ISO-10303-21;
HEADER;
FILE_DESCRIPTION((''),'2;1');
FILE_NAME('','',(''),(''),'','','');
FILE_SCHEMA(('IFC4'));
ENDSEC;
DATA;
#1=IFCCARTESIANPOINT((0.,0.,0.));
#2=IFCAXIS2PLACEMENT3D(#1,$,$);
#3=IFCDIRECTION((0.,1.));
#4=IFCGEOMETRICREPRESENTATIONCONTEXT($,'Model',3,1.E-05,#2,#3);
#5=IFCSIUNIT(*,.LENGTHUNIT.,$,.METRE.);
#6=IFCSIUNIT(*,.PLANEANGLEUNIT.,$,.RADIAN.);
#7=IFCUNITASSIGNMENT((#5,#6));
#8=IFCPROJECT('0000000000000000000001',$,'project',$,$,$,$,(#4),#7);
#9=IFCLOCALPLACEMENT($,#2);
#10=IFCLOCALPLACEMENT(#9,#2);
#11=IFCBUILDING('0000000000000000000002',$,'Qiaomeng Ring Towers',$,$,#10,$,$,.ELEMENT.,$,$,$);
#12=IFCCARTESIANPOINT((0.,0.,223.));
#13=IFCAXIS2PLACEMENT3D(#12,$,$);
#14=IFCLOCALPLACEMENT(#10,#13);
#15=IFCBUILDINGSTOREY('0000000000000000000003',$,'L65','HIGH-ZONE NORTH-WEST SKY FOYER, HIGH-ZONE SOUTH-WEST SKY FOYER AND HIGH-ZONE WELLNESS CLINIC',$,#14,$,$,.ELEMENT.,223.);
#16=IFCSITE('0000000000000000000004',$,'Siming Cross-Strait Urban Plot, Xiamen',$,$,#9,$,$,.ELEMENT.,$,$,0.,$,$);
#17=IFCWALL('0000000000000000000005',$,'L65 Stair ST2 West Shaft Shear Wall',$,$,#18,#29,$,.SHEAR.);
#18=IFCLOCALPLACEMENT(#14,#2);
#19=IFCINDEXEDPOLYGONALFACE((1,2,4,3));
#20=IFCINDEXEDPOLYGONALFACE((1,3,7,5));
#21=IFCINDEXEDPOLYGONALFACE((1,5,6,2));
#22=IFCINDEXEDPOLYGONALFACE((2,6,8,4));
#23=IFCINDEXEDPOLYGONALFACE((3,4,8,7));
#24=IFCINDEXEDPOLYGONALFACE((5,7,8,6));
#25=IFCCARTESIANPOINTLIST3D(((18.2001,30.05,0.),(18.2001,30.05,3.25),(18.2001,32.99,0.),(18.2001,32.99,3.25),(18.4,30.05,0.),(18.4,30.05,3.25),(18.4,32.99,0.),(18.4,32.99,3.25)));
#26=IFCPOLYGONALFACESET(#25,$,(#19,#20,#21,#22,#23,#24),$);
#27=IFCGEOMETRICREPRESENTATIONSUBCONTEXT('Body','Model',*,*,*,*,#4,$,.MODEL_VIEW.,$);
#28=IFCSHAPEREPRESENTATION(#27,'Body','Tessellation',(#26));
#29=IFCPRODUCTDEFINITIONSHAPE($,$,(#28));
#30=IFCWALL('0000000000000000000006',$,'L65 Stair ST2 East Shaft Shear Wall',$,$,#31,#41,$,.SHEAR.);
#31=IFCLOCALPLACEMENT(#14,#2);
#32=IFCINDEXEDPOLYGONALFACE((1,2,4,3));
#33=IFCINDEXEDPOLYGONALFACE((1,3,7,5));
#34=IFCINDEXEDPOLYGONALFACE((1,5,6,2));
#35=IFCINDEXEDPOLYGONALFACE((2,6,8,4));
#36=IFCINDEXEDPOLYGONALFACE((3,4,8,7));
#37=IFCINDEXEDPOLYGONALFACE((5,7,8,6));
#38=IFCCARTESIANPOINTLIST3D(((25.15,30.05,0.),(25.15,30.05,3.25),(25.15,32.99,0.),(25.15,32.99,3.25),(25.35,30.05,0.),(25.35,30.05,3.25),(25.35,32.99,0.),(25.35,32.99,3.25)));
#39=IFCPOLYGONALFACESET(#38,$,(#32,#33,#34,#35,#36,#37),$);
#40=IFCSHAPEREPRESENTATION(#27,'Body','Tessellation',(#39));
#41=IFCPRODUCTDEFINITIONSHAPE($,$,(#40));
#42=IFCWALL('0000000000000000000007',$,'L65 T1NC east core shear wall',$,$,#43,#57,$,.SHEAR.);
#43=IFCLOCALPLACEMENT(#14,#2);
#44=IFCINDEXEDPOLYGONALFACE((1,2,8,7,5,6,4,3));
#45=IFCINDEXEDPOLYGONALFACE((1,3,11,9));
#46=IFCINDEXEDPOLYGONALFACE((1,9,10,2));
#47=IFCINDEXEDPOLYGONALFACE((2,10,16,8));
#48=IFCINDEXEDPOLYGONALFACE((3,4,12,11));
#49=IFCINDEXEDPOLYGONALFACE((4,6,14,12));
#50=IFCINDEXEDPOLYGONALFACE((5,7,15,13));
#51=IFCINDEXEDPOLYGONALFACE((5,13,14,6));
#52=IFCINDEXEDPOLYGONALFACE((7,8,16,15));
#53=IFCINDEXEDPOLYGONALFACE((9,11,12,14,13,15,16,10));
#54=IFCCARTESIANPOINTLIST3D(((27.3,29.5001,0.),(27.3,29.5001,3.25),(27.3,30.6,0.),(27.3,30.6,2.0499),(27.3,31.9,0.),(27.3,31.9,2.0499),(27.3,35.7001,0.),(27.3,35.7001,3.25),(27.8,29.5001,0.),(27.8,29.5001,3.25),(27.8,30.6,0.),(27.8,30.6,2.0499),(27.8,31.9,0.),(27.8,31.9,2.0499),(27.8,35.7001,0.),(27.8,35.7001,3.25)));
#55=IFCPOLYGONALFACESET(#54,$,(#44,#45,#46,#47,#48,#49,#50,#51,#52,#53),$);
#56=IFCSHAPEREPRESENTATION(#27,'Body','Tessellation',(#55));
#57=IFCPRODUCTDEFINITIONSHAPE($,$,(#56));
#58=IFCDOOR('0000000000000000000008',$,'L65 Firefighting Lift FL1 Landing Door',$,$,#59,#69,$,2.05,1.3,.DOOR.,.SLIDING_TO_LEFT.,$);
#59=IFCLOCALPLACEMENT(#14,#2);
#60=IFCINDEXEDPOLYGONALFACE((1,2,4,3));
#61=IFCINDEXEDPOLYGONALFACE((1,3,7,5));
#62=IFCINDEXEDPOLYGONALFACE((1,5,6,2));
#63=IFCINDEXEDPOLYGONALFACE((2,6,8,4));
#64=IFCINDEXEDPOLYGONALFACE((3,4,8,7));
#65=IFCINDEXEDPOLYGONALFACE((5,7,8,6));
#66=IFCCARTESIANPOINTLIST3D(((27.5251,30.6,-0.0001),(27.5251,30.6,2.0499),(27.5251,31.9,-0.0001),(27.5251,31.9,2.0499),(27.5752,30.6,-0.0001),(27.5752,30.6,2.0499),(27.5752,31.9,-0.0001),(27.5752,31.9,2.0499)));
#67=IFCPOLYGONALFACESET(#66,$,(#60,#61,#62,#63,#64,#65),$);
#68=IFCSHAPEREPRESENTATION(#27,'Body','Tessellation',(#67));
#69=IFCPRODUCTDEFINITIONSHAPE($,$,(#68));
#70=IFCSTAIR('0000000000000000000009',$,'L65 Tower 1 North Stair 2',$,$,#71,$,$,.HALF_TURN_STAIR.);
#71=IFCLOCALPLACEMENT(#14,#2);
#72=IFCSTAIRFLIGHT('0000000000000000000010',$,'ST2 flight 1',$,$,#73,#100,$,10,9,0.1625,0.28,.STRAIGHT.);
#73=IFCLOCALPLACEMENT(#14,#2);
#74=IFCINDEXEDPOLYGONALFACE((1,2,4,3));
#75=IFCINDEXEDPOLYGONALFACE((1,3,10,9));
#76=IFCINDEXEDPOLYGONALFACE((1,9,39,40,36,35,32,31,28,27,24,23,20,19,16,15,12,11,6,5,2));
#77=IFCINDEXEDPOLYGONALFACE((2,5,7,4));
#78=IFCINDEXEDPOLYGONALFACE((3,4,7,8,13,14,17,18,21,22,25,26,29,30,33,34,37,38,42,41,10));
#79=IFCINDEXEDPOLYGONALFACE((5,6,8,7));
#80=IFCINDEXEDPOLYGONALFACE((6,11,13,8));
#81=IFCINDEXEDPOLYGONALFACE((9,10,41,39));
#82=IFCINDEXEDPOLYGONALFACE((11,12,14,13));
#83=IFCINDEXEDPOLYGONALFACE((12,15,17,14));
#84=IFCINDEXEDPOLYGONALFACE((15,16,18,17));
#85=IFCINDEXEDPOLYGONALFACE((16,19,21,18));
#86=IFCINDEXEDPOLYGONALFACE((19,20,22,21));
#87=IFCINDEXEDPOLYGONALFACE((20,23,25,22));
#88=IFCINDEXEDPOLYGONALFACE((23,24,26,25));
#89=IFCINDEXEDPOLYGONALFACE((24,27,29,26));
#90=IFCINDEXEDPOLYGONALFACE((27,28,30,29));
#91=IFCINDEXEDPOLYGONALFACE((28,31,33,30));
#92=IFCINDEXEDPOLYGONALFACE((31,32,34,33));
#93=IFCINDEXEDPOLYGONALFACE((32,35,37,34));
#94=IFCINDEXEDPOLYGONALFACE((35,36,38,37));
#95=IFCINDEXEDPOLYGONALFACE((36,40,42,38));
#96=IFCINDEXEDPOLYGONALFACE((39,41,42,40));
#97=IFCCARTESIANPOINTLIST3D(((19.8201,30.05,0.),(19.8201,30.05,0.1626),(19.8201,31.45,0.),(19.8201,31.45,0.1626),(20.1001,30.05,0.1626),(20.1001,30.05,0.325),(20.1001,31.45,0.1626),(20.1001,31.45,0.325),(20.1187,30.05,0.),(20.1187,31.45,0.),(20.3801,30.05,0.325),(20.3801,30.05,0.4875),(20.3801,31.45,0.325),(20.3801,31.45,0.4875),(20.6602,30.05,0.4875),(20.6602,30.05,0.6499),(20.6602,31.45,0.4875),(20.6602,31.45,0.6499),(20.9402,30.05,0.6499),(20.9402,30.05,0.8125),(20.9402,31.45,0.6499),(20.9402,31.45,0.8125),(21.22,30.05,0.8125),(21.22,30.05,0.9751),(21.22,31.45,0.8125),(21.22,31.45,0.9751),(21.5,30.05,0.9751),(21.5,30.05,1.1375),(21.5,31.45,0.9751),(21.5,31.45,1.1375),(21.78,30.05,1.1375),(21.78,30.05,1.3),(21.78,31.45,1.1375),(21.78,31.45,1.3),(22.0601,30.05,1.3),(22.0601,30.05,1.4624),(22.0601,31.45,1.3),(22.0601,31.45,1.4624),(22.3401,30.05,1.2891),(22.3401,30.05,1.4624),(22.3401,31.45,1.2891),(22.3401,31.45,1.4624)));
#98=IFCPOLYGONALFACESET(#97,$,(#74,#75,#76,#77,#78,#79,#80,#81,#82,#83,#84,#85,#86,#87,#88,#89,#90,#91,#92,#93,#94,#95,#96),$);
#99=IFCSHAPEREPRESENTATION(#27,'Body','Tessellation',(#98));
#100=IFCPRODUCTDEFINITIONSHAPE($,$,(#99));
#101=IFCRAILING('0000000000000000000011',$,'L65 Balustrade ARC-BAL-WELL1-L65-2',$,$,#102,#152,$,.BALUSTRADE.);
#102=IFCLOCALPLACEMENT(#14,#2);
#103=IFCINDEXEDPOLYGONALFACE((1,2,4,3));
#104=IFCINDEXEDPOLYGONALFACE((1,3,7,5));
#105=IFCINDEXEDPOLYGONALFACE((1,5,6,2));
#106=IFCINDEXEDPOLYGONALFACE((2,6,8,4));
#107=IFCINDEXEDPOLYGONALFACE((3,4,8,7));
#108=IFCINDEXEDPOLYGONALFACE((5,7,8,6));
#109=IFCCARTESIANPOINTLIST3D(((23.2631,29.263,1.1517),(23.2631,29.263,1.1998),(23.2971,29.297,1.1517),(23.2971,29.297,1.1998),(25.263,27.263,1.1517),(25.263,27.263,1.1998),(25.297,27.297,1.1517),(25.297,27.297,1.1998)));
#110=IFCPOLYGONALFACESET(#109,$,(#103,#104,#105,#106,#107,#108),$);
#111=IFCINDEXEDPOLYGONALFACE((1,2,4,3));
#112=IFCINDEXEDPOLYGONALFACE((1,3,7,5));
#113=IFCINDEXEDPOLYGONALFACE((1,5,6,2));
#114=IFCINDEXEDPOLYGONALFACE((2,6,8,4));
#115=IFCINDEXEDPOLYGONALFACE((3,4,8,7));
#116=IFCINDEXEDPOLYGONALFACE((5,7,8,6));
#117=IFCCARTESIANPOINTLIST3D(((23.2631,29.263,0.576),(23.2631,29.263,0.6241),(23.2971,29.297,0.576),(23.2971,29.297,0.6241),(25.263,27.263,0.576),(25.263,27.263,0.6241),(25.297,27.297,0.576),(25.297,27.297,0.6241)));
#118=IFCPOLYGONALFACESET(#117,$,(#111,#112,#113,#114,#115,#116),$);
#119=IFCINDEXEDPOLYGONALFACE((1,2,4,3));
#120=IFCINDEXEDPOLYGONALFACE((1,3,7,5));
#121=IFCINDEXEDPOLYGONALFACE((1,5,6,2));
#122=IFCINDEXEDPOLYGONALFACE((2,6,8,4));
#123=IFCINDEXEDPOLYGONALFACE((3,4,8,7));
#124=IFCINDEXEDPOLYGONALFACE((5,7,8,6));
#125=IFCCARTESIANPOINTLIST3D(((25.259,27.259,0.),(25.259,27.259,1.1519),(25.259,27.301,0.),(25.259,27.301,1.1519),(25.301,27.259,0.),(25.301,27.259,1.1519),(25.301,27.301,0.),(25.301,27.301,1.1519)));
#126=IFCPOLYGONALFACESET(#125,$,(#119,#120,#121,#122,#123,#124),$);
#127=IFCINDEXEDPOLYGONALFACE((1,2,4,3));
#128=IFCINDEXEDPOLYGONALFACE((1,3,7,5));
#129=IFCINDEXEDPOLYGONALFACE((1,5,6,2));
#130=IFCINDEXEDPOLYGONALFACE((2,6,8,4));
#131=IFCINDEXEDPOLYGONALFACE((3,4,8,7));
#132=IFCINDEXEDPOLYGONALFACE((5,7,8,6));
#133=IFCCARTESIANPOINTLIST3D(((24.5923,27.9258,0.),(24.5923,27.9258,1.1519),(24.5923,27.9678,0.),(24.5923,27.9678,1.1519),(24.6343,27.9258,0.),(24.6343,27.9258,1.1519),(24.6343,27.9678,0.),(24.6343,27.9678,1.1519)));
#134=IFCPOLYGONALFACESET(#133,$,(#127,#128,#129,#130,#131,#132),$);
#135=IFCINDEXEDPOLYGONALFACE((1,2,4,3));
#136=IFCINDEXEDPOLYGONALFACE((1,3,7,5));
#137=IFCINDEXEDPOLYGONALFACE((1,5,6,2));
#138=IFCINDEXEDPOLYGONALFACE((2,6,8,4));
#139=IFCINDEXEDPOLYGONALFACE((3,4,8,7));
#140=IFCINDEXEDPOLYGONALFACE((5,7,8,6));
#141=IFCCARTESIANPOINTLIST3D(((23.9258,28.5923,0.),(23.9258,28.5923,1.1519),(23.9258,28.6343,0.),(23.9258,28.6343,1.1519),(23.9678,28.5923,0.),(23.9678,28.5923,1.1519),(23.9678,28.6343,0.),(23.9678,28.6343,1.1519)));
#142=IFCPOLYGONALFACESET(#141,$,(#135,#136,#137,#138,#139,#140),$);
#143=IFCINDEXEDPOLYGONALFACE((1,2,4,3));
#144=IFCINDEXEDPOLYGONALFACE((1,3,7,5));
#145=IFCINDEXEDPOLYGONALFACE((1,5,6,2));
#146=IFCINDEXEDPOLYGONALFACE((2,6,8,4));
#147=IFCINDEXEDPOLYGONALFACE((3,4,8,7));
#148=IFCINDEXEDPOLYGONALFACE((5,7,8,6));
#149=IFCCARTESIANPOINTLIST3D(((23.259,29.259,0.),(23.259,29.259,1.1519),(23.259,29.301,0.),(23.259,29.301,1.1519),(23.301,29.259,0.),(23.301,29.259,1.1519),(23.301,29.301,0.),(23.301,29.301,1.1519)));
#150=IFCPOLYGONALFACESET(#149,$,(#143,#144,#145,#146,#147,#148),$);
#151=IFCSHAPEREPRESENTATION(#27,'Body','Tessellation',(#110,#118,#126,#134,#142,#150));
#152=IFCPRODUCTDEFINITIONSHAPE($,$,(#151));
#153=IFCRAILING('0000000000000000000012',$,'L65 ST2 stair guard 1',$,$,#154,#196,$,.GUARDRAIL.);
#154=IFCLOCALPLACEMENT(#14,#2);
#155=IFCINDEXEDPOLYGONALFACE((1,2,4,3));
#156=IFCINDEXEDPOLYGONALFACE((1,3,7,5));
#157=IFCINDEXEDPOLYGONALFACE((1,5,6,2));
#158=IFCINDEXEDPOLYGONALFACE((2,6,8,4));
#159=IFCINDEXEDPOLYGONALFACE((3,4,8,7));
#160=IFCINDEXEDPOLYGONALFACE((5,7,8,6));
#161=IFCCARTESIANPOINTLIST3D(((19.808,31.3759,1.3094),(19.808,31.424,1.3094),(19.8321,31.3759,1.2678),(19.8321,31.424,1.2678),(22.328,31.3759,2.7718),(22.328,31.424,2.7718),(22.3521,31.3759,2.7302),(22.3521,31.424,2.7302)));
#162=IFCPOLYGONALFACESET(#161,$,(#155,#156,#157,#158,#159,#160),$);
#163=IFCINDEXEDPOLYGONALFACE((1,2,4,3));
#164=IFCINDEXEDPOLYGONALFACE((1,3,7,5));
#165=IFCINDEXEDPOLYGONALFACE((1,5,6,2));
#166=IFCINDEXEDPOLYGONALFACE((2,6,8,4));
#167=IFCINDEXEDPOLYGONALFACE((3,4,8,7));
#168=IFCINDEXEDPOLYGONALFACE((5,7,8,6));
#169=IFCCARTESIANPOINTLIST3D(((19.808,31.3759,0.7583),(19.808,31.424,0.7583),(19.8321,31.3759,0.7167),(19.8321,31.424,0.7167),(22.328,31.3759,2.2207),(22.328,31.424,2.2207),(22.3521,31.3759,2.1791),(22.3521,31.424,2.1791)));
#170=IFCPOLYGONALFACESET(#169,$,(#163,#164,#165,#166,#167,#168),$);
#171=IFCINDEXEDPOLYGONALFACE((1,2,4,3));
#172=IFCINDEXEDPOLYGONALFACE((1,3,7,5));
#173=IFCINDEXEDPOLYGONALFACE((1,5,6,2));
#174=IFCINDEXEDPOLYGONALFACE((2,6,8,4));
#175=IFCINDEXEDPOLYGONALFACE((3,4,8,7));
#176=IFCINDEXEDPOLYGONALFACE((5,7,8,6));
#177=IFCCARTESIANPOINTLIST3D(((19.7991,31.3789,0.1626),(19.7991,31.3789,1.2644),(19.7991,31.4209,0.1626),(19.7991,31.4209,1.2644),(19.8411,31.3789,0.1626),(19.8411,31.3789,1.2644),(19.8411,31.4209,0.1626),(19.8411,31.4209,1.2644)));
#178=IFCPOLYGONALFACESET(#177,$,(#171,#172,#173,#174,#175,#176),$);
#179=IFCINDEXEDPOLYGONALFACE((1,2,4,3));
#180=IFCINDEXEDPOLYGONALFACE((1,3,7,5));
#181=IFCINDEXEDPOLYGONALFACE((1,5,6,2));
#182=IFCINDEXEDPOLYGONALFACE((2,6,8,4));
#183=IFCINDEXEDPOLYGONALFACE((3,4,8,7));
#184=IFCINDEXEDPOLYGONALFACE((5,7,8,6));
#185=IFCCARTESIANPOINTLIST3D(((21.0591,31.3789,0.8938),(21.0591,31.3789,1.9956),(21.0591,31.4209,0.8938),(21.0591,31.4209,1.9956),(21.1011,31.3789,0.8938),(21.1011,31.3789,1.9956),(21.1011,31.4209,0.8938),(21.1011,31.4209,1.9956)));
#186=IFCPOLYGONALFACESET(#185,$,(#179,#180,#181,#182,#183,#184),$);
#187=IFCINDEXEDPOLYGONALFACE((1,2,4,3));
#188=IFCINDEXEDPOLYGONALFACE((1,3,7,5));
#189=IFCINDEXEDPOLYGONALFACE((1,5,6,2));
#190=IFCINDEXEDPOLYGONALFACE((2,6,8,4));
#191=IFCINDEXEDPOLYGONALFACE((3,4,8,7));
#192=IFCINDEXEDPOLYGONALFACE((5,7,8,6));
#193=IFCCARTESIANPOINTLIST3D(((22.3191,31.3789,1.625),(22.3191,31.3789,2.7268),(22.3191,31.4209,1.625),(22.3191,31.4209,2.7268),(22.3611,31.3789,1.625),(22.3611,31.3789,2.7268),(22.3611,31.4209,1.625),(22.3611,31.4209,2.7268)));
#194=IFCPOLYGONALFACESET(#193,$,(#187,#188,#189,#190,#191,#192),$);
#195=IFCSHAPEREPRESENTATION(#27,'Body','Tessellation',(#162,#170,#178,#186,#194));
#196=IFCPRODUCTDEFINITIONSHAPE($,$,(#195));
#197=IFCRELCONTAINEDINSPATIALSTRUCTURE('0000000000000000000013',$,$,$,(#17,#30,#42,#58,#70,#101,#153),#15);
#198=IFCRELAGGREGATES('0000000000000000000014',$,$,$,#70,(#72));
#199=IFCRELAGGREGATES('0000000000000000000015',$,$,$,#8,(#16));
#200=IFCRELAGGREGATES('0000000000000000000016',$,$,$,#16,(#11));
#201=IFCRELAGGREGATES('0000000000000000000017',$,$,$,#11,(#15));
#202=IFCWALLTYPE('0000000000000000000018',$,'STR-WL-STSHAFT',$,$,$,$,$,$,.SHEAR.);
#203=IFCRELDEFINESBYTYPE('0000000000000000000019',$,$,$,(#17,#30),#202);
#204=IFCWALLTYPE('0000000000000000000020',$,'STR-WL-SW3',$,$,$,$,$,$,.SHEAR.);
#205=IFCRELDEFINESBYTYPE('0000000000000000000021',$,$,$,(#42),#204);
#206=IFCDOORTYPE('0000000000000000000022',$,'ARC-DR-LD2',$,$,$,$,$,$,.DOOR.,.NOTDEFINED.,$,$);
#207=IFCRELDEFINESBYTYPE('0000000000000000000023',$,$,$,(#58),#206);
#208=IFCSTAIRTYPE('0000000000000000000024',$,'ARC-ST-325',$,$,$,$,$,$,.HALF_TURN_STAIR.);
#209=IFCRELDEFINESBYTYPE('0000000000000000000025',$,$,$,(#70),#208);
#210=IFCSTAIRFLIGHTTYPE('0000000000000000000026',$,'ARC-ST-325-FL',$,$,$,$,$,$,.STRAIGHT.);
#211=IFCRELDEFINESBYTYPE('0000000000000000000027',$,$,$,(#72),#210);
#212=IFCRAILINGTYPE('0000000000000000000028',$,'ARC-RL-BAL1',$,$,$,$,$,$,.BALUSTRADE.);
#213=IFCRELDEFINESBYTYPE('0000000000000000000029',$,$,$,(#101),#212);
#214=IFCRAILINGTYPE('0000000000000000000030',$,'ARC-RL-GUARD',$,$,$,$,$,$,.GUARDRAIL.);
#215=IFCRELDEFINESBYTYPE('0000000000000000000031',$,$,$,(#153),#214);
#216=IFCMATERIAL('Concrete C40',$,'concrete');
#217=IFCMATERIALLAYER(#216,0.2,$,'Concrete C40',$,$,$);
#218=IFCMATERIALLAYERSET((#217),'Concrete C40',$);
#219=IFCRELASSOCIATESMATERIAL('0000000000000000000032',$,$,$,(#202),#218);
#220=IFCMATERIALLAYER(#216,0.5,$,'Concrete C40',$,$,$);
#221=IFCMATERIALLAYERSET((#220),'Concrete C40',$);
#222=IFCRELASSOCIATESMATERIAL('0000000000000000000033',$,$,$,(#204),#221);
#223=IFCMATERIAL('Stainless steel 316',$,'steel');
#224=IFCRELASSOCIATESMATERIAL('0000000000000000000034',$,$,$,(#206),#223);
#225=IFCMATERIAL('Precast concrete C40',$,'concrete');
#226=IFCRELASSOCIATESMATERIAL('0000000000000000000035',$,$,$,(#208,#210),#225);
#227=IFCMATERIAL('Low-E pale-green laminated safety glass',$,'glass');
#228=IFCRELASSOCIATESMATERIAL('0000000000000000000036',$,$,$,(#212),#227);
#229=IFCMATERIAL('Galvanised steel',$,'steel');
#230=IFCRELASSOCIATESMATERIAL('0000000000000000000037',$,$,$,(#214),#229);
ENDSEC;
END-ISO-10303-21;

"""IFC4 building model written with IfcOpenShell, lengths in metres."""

from ifc_helpers import new_model, si_unit, direction, frame, frame_2d, origin, origin_2d, place, context, subcontext, project, spatial, polyline, rectangle, outline, extrude, source, transform, mapped, material, layer, layer_set, type_object, element, fill, aggregate, save


model = new_model("IFC4")

# Units and contexts
model_context = context("Model", 3, precision=1e-05, world=origin(), true_north=direction((0.0, 1.0)))
body_context = subcontext(model_context, "Body", "Model", "MODEL_VIEW")
ifc_project = project(units=[si_unit("LENGTHUNIT", "METRE"), si_unit("PLANEANGLEUNIT", "RADIAN")], contexts=[model_context])

# Site, building, storey
site_placement = place(None, origin())
site = spatial("IfcSite", under=ifc_project, at=site_placement, Name="Siming Cross-Strait Urban Plot, Xiamen", CompositionType="ELEMENT", RefElevation=0.0)
building_placement = place(site_placement, origin())
building = spatial("IfcBuilding", under=site, at=building_placement, Name="Qiaomeng Ring Towers", CompositionType="ELEMENT")
storey_placement = place(building_placement, frame((0.0, 0.0, 223.0)))
storey = spatial("IfcBuildingStorey", under=building, at=storey_placement, Name="L65", Description="HIGH-ZONE NORTH-WEST SKY FOYER, HIGH-ZONE SOUTH-WEST SKY FOYER AND HIGH-ZONE WELLNESS CLINIC", CompositionType="ELEMENT", Elevation=223.0)

# Shared definitions
ifc_material_1 = material(Name="Concrete C40", Category="concrete")

# Shared definitions
ifc_material_2 = material(Name="Stainless steel 316", Category="steel")

# Shared definitions
ifc_material_3 = material(Name="Galvanised steel", Category="steel")

# Walls
ifc_layer_1 = layer(ifc_material_1, 0.2, Name="Concrete C40")
ifc_layer_set_1 = layer_set([ifc_layer_1], Name="Concrete C40")
wall_type_1 = type_object("IfcWallType", Name="STR-WL-STSHAFT", PredefinedType="SHEAR", material=ifc_layer_set_1)
for number, where, z_axis, x_axis, name in (
    (1, (18.3, 30.05, 0.0), (0.0, 0.0, 1.0), (0.0, 1.0, 0.0), "L65 Stair ST2 West Shaft Shear Wall"),
    (2, (25.25, 30.05, 0.0), (0.0, 0.0, 1.0), (0.0, 1.0, 0.0), "L65 Stair ST2 East Shaft Shear Wall"),
):
    element("IfcWall", number, at=place(storey_placement, frame(where, z_axis=z_axis, x_axis=x_axis)), inside=storey, type_object=wall_type_1, Name=name, PredefinedType="SHEAR", context=body_context, shape_type="SweptSolid", body=[
        extrude(rectangle(XDim=2.9399, YDim=0.2, at=frame_2d((1.47, 0.0))), origin(), (0.0, 0.0, 1.0), 3.25),
    ])

# Wall, opening, door
ifc_layer_2 = layer(ifc_material_1, 0.5, Name="Concrete C40")
ifc_layer_set_2 = layer_set([ifc_layer_2], Name="Concrete C40")
wall_type_2 = type_object("IfcWallType", Name="STR-WL-SW3", PredefinedType="SHEAR", material=ifc_layer_set_2)
wall_1_placement = place(storey_placement, frame((27.55, 29.5, 0.0), z_axis=(0.0, 0.0, 1.0), x_axis=(0.0, 1.0, 0.0)))
wall_1 = element("IfcWall", 3, at=wall_1_placement, inside=storey, type_object=wall_type_2, Name="L65 T1NC east core shear wall", PredefinedType="SHEAR", context=body_context, shape_type="SweptSolid", body=[
    extrude(rectangle(XDim=6.2, YDim=0.5, at=frame_2d((3.1001, 0.0))), origin(), (0.0, 0.0, 1.0), 3.25),
])
opening_1_placement = place(wall_1_placement, frame((1.1001, 0.0, 0.0)))
opening_1 = element("IfcOpeningElement", 4, at=opening_1_placement, cuts=wall_1, PredefinedType="OPENING", context=body_context, shape_type="SweptSolid", body=[
    extrude(rectangle(XDim=1.3, YDim=2.05, at=frame_2d((0.6499, 1.0249))), frame((0.0, 0.26, 0.0), z_axis=(0.0, -1.0, 0.0), x_axis=(1.0, 0.0, 0.0)), (0.0, 0.0, 1.0), 0.52),
])
door_type_1 = type_object("IfcDoorType", Name="ARC-DR-LD2", OperationType="NOTDEFINED", PredefinedType="DOOR", material=ifc_material_2)
shared_shape_1 = source(origin(), body_context, "Body", "SweptSolid", [
    extrude(rectangle(XDim=1.3, YDim=2.05, at=frame_2d((0.6499, 1.0249))), frame((0.0, 0.0249, 0.0), z_axis=(0.0, -1.0, 0.0), x_axis=(1.0, 0.0, 0.0)), (0.0, 0.0, 1.0), 0.05),
])
door_1_placement = place(opening_1_placement, origin())
door_1 = element("IfcDoor", 5, at=door_1_placement, inside=storey, type_object=door_type_1, Name="L65 Firefighting Lift FL1 Landing Door", OperationType="SLIDING_TO_LEFT", OverallHeight=2.05, OverallWidth=1.3, PredefinedType="DOOR", context=body_context, shape_type="MappedRepresentation", body=[
    mapped(shared_shape_1, transform((0.0, 0.0, 0.0), x_axis=(1.0, 0.0, 0.0), y_axis=(0.0, 1.0, 0.0), z_axis=(0.0, 0.0, 1.0), scale=1.0)),
])
fill(opening_1, door_1)

# Stair, stair flight
ifc_material_4 = material(Name="Precast concrete C40", Category="concrete")
stair_type = type_object("IfcStairType", Name="ARC-ST-325", PredefinedType="HALF_TURN_STAIR", material=ifc_material_4)
stair_placement = place(storey_placement, origin())
stair = element("IfcStair", 6, at=stair_placement, inside=storey, type_object=stair_type, Name="L65 Tower 1 North Stair 2", PredefinedType="HALF_TURN_STAIR")
stair_flight_type = type_object("IfcStairFlightType", Name="ARC-ST-325-FL", PredefinedType="STRAIGHT", material=ifc_material_4)
shared_shape_2 = source(origin(), body_context, "Body", "SweptSolid", [
    extrude(outline(polyline([(0.0, 0.0), (0.0, 0.1626), (0.28, 0.1626), (0.28, 0.325), (0.5601, 0.325), (0.5601, 0.4875), (0.8401, 0.4875), (0.8401, 0.6499), (1.1201, 0.6499), (1.1201, 0.8125), (1.3999, 0.8125), (1.3999, 0.9751), (1.6799, 0.9751), (1.6799, 1.1375), (1.96, 1.1375), (1.96, 1.3), (2.24, 1.3), (2.24, 1.4624), (2.52, 1.4624), (2.52, 1.625), (2.52, 1.2891), (0.2986, 0.0), (0.0, 0.0)])), frame((0.0, 0.7, 0.0), z_axis=(0.0, -1.0, 0.0), x_axis=(1.0, 0.0, 0.0)), (0.0, 0.0, 1.0), 1.3999),
])
stair_flight_placement = place(storey_placement, frame((19.8201, 30.75, 0.0), z_axis=(0.0, 0.0, 1.0), x_axis=(1.0, 0.0, 0.0)))
stair_flight = element("IfcStairFlight", 7, at=stair_flight_placement, type_object=stair_flight_type, Name="ST2 flight 1", NumberOfRisers=10, NumberOfTreads=9, PredefinedType="STRAIGHT", RiserHeight=0.1625, TreadLength=0.28, context=body_context, shape_type="MappedRepresentation", body=[
    mapped(shared_shape_2, transform((0.0, 0.0, 0.0), x_axis=(1.0, 0.0, 0.0), y_axis=(0.0, 1.0, 0.0), z_axis=(0.0, 0.0, 1.0), scale=1.0)),
])
aggregate(stair, [stair_flight])

# Railings
ifc_material_5 = material(Name="Low-E pale-green laminated safety glass", Category="glass")
railing_type_1 = type_object("IfcRailingType", Name="ARC-RL-BAL1", PredefinedType="BALUSTRADE", material=ifc_material_5)
railing_1_placement = place(storey_placement, frame((25.28, 27.28, 0.0)))
element("IfcRailing", 8, at=railing_1_placement, inside=storey, type_object=railing_type_1, Name="L65 Balustrade ARC-BAL-WELL1-L65-2", PredefinedType="BALUSTRADE", context=body_context, shape_type="SweptSolid", body=[
    extrude(rectangle(XDim=0.0481, YDim=0.0481, at=origin_2d()), frame((0.0, 0.0, 1.1758), z_axis=(-0.707107, 0.707107, 0.0), x_axis=(-0.707107, -0.707107, 0.0)), (0.0, 0.0, 1.0), 2.8284),
    extrude(rectangle(XDim=0.0481, YDim=0.0481, at=origin_2d()), frame((0.0, 0.0, 0.6001), z_axis=(-0.707107, 0.707107, 0.0), x_axis=(-0.707107, -0.707107, 0.0)), (0.0, 0.0, 1.0), 2.8284),
    extrude(rectangle(XDim=0.042, YDim=0.042, at=origin_2d()), origin(), (0.0, 0.0, 1.0), 1.1519),
    extrude(rectangle(XDim=0.042, YDim=0.042, at=origin_2d()), frame((-0.6667, 0.6667, 0.0)), (0.0, 0.0, 1.0), 1.1519),
    extrude(rectangle(XDim=0.042, YDim=0.042, at=origin_2d()), frame((-1.3333, 1.3333, 0.0)), (0.0, 0.0, 1.0), 1.1519),
    extrude(rectangle(XDim=0.042, YDim=0.042, at=origin_2d()), frame((-2.0, 2.0, 0.0)), (0.0, 0.0, 1.0), 1.1519),
])
railing_type_2 = type_object("IfcRailingType", Name="ARC-RL-GUARD", PredefinedType="GUARDRAIL", material=ifc_material_3)
railing_2_placement = place(storey_placement, frame((19.8201, 31.3999, 0.1626)))
element("IfcRailing", 9, at=railing_2_placement, inside=storey, type_object=railing_type_2, Name="L65 ST2 stair guard 1", PredefinedType="GUARDRAIL", context=body_context, shape_type="SweptSolid", body=[
    extrude(rectangle(XDim=0.0481, YDim=0.0481, at=origin_2d()), frame((0.0, 0.0, 1.126), z_axis=(0.864913, 0.0, 0.501921), x_axis=(0.0, 1.0, 0.0)), (0.0, 0.0, 1.0), 2.9136),
    extrude(rectangle(XDim=0.0481, YDim=0.0481, at=origin_2d()), frame((0.0, 0.0, 0.575), z_axis=(0.864913, 0.0, 0.501921), x_axis=(0.0, 1.0, 0.0)), (0.0, 0.0, 1.0), 2.9136),
    extrude(rectangle(XDim=0.042, YDim=0.042, at=origin_2d()), origin(), (0.0, 0.0, 1.0), 1.1018),
    extrude(rectangle(XDim=0.042, YDim=0.042, at=origin_2d()), frame((1.26, 0.0, 0.7312)), (0.0, 0.0, 1.0), 1.1018),
    extrude(rectangle(XDim=0.042, YDim=0.042, at=origin_2d()), frame((2.52, 0.0, 1.4624)), (0.0, 0.0, 1.0), 1.1018),
])

save(model, "model.ifc")
